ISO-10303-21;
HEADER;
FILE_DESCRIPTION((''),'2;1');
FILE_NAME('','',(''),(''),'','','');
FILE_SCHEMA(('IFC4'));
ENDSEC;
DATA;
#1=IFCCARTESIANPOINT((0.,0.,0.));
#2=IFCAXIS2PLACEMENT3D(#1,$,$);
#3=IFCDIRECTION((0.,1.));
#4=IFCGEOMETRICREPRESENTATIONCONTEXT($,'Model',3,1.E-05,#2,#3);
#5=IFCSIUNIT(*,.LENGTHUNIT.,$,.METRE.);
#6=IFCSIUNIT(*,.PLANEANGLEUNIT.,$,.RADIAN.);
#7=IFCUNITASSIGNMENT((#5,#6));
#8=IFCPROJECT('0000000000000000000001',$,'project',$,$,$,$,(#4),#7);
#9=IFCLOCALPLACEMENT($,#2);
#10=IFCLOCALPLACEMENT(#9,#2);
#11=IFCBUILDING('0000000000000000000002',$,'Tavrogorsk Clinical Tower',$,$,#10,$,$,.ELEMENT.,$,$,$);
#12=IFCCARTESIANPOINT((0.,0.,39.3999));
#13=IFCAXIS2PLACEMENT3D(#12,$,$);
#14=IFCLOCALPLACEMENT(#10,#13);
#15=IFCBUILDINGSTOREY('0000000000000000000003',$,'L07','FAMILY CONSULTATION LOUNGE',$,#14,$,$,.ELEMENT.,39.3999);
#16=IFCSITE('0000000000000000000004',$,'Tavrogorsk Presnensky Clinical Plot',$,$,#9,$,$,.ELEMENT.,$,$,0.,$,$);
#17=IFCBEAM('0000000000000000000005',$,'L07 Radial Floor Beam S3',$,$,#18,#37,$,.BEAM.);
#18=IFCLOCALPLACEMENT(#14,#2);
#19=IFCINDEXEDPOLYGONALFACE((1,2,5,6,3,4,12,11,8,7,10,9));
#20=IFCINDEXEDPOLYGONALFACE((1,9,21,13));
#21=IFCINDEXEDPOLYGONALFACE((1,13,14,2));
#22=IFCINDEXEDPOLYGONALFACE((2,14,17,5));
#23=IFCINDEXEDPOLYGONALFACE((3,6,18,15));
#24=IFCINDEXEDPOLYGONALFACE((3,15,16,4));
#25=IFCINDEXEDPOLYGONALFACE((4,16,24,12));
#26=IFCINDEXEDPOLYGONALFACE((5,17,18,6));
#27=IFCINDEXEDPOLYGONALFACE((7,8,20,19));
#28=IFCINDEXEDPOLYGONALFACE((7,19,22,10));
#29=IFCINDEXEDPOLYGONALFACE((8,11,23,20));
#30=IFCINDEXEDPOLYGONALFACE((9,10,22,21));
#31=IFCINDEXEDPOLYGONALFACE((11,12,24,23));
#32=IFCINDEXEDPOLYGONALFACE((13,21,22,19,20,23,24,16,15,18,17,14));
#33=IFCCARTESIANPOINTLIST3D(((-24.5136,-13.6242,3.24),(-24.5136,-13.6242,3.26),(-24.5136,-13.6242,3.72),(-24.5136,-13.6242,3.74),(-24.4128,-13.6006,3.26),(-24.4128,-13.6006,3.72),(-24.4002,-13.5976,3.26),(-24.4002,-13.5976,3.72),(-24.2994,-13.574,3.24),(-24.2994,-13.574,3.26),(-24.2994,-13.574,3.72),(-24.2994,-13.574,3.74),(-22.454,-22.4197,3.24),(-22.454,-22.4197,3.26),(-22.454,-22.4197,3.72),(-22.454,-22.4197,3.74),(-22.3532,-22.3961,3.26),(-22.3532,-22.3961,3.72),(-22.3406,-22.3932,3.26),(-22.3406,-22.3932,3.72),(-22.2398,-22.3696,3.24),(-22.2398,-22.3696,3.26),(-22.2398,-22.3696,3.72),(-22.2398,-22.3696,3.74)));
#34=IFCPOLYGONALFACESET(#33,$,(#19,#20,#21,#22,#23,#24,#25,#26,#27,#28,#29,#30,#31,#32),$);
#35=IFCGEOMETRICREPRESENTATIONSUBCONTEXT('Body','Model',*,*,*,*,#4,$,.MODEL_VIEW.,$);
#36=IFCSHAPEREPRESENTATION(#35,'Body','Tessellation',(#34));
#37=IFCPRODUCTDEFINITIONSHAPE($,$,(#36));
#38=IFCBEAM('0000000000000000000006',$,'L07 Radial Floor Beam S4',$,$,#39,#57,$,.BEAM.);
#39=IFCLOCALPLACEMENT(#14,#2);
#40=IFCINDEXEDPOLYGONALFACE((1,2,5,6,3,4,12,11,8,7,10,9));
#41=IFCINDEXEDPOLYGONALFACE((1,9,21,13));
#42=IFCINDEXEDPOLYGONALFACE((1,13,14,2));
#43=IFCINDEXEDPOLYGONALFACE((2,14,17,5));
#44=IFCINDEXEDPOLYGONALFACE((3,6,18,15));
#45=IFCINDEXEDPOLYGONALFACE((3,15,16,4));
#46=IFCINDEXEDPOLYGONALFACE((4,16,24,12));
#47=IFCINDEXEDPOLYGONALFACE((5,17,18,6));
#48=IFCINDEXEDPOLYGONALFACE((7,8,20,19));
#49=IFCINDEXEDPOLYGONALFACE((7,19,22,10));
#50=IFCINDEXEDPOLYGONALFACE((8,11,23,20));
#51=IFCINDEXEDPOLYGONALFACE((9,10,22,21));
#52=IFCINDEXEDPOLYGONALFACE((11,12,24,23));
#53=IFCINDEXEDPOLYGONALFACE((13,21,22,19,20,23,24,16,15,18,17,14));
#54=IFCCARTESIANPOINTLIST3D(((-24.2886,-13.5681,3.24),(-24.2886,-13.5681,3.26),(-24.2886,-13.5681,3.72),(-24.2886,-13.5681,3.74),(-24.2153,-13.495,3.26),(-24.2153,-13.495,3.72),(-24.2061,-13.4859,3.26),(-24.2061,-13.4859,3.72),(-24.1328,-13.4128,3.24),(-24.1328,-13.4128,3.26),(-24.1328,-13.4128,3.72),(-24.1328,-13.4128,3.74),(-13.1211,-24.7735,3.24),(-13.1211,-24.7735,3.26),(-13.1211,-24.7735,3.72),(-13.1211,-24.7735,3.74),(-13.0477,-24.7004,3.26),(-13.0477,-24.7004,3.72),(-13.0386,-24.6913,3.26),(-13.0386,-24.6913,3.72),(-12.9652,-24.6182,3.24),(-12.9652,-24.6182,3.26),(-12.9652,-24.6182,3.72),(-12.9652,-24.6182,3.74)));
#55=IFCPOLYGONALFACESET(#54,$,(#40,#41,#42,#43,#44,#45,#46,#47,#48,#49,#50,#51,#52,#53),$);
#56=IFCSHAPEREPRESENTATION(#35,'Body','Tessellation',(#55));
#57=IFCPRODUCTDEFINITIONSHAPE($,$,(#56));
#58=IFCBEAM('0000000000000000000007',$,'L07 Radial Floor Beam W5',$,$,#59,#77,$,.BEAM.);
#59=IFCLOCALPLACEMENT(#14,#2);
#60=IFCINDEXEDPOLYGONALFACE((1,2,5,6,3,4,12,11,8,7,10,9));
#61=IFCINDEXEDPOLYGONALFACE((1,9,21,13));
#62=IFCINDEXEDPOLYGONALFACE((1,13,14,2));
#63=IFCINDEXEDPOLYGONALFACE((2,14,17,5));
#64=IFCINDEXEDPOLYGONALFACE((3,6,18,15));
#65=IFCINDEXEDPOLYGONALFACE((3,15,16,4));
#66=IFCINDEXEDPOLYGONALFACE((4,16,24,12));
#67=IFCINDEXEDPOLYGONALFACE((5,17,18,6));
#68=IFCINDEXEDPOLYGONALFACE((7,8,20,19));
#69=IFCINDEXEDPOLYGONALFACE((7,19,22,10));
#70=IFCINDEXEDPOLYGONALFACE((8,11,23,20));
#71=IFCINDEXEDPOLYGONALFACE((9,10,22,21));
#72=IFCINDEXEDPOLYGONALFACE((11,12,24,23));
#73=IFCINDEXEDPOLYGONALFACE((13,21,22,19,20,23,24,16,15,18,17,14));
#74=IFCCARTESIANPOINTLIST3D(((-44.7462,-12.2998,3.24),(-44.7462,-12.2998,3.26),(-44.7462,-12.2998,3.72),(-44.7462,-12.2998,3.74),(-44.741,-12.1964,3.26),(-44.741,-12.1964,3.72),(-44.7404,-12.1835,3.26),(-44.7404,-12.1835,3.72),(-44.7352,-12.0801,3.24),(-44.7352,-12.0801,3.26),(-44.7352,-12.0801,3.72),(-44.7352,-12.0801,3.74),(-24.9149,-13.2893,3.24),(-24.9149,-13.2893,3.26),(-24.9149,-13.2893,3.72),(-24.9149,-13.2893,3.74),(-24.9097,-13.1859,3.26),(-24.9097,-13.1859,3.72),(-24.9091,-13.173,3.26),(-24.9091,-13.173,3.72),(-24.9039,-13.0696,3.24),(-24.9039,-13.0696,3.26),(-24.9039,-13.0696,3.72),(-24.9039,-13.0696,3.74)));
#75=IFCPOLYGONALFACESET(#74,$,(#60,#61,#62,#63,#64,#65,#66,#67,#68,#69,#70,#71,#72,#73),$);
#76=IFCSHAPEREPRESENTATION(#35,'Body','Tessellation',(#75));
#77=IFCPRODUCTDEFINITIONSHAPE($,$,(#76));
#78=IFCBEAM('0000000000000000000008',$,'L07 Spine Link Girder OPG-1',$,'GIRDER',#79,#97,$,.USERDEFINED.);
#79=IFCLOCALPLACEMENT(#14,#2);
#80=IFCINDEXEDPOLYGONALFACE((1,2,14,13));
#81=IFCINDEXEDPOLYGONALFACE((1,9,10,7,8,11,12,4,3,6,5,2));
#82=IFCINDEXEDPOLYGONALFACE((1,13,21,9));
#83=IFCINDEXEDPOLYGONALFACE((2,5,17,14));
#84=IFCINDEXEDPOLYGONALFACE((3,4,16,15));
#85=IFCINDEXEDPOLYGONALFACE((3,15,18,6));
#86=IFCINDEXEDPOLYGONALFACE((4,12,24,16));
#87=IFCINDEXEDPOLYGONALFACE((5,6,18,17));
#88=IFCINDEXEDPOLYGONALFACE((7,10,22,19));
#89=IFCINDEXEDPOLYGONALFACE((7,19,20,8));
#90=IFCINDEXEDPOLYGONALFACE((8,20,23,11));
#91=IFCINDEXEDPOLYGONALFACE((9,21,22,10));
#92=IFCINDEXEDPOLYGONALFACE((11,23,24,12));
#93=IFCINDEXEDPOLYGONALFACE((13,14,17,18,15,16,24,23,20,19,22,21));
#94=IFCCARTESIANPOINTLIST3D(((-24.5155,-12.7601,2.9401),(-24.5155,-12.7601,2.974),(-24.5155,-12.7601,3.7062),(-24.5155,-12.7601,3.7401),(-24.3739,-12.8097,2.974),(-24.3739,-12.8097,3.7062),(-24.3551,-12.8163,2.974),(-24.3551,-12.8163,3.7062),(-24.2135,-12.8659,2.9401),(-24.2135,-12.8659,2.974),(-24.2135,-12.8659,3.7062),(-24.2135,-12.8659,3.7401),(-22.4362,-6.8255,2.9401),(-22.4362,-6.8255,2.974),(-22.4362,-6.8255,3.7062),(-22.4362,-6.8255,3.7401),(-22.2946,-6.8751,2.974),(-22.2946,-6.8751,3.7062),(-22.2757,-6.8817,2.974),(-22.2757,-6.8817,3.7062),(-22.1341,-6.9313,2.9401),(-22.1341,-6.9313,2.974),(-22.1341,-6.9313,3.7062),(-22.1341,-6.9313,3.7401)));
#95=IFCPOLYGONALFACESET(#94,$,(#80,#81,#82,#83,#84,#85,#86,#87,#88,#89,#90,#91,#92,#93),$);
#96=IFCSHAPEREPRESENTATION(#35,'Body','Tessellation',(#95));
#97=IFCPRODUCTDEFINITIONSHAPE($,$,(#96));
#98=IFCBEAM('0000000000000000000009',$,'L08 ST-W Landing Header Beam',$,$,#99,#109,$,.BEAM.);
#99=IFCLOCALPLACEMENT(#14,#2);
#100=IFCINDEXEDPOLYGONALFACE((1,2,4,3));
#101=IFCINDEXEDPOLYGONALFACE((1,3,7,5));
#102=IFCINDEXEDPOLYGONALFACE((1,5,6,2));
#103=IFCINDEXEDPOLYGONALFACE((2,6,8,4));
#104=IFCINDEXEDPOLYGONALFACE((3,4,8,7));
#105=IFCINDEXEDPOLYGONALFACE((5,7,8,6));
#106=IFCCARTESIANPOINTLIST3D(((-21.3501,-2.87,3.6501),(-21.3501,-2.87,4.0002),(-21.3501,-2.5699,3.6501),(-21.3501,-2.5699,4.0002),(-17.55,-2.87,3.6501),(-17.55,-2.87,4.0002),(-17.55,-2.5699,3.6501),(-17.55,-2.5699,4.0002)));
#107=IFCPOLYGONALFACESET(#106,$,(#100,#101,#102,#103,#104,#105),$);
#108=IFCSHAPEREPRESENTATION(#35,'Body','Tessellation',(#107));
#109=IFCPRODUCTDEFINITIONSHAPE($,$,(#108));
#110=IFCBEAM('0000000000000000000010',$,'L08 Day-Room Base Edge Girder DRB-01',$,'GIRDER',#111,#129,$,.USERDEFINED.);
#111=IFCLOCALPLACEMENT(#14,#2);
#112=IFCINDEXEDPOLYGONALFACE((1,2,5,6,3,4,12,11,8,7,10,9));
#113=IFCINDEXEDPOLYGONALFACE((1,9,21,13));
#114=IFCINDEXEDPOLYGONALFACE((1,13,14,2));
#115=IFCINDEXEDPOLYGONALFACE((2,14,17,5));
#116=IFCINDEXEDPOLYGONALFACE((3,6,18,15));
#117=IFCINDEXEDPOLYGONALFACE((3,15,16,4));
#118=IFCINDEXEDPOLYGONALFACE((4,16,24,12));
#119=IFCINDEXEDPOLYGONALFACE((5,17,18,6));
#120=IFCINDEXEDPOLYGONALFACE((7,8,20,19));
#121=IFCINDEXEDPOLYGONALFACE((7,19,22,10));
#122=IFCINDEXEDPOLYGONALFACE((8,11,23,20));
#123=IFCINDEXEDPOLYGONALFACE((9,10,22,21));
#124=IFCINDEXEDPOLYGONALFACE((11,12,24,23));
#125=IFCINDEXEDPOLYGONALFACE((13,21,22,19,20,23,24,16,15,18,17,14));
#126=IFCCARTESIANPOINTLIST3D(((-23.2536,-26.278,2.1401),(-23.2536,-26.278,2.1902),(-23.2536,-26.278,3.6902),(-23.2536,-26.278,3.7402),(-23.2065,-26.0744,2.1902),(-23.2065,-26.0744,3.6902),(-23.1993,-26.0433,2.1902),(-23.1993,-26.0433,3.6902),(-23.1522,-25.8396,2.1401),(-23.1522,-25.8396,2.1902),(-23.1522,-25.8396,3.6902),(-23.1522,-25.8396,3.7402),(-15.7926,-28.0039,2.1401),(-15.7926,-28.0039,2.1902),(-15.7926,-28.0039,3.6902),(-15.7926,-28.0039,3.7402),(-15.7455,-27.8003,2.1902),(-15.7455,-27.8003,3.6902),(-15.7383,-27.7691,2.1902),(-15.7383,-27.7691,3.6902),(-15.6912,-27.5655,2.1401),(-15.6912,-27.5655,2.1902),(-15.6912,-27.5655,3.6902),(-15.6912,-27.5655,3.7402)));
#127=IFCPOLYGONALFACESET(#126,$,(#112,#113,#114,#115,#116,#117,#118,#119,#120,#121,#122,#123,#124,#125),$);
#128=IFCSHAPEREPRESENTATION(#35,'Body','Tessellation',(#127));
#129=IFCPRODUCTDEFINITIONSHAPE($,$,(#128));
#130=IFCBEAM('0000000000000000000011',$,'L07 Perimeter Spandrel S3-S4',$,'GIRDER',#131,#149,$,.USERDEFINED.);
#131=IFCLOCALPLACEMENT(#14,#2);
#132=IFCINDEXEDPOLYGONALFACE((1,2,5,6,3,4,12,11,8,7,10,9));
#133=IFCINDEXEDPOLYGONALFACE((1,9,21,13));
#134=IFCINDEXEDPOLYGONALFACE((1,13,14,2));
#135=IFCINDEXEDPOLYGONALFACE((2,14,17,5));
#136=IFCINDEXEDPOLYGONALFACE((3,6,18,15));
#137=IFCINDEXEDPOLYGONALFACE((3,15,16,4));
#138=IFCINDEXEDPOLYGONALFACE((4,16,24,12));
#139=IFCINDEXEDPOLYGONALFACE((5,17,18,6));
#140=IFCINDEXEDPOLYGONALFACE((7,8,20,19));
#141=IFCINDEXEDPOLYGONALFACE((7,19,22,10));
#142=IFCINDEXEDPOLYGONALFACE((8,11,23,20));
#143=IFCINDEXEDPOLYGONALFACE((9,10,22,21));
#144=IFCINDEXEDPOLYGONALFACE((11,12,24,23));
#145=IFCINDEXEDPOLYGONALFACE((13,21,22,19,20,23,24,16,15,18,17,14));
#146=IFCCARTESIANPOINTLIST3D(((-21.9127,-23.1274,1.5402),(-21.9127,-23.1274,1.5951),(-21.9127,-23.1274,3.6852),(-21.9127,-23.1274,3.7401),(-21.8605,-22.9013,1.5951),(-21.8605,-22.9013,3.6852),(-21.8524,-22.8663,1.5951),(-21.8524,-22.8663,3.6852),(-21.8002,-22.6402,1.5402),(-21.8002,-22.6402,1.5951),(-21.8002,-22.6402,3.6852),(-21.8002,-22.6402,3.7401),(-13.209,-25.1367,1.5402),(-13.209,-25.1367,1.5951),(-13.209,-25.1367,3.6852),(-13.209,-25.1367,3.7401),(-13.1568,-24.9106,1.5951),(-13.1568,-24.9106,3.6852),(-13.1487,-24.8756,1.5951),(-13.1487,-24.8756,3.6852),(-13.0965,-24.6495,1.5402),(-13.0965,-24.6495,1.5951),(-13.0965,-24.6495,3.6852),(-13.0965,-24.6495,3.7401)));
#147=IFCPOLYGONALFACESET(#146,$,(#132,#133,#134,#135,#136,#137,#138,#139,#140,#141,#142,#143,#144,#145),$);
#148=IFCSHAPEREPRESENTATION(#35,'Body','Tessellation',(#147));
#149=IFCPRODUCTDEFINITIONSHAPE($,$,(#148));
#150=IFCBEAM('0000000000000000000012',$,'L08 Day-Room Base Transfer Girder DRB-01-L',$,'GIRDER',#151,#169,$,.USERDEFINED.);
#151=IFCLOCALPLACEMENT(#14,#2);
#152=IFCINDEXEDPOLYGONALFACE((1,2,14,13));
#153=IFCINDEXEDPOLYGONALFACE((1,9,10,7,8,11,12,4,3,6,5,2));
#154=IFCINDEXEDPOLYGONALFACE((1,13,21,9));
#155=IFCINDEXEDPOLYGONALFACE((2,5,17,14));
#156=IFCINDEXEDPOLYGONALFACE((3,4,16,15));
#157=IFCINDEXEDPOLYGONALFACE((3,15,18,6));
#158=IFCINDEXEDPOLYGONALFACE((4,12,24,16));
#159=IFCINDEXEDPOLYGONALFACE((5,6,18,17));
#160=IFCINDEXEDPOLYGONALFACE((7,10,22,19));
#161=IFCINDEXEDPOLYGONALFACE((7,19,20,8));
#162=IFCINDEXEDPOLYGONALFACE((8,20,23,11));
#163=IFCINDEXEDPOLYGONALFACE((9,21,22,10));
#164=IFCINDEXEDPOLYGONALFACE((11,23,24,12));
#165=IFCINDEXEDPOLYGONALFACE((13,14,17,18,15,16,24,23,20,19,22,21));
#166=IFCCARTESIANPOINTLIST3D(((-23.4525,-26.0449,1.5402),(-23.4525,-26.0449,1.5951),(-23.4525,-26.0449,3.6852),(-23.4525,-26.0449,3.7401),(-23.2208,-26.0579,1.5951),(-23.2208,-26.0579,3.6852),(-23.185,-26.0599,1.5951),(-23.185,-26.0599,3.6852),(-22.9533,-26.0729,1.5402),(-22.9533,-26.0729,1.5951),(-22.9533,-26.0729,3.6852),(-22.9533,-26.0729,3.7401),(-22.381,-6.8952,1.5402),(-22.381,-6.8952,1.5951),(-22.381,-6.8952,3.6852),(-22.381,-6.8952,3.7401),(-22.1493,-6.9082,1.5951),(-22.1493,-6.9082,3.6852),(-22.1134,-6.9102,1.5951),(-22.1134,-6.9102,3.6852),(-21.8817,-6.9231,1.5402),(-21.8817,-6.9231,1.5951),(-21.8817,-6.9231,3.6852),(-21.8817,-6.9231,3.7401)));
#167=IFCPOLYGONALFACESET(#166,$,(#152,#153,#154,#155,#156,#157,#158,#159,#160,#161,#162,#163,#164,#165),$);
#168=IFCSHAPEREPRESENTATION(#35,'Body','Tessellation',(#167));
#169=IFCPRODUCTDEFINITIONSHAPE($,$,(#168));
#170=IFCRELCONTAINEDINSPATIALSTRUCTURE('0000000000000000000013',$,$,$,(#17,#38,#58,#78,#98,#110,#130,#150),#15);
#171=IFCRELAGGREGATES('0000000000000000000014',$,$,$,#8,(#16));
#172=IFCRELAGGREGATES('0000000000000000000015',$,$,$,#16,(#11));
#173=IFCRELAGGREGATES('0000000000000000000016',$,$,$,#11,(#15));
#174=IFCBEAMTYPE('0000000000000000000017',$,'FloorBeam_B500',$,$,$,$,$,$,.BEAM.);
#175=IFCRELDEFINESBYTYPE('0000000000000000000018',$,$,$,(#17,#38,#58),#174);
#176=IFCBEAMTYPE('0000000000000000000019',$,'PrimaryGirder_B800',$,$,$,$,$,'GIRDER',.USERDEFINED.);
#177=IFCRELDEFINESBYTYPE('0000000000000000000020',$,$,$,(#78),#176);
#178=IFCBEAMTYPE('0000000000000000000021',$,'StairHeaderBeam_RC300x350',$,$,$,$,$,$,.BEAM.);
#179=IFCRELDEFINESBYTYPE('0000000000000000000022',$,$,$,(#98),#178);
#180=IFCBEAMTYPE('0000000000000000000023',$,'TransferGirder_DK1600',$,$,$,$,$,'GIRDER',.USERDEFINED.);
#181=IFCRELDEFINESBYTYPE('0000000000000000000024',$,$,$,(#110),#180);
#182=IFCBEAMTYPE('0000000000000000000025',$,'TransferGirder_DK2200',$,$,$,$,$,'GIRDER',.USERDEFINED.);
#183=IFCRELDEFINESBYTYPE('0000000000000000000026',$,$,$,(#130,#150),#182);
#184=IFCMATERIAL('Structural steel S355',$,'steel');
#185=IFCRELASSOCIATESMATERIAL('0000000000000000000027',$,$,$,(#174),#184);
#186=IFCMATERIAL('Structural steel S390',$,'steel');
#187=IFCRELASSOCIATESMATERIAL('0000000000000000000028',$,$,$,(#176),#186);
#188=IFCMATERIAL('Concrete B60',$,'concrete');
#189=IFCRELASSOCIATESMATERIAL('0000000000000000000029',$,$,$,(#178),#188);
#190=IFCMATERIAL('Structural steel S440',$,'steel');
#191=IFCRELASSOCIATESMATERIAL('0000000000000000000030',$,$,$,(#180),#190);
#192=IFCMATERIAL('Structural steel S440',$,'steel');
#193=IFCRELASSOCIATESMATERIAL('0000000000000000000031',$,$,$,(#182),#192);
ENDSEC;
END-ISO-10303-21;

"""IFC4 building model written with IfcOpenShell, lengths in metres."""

from ifc_helpers import new_model, si_unit, direction, frame, origin, origin_2d, place, context, subcontext, project, spatial, rectangle, i_section, extrude, material, material_profile, profile_set, type_object, element, save


model = new_model("IFC4")

# Units and contexts
model_context = context("Model", 3, precision=1e-05, world=origin(), true_north=direction((0.0, 1.0)))
body_context = subcontext(model_context, "Body", "Model", "MODEL_VIEW")
ifc_project = project(units=[si_unit("LENGTHUNIT", "METRE"), si_unit("PLANEANGLEUNIT", "RADIAN")], contexts=[model_context])

# Site, building, storey
site_placement = place(None, origin())
site = spatial("IfcSite", under=ifc_project, at=site_placement, Name="Tavrogorsk Presnensky Clinical Plot", CompositionType="ELEMENT", RefElevation=0.0)
building_placement = place(site_placement, origin())
building = spatial("IfcBuilding", under=site, at=building_placement, Name="Tavrogorsk Clinical Tower", CompositionType="ELEMENT")
storey_placement = place(building_placement, frame((0.0, 0.0, 39.3999)))
storey = spatial("IfcBuildingStorey", under=building, at=storey_placement, Name="L07", Description="FAMILY CONSULTATION LOUNGE", CompositionType="ELEMENT", Elevation=39.3999)

# Beams
ifc_material_1 = material(Name="Structural steel S355", Category="steel")
ifc_material_profile_1 = material_profile(ifc_material_1, i_section(OverallWidth=0.22, OverallDepth=0.5, WebThickness=0.0129, FlangeThickness=0.02, at=origin_2d()), Name="B-500x220x13x20")
ifc_profile_set_1 = profile_set([ifc_material_profile_1], Name="Structural steel S355")
beam_type_1 = type_object("IfcBeamType", Name="FloorBeam_B500", PredefinedType="BEAM", material=ifc_profile_set_1)
beam_1_placement = place(storey_placement, frame((-24.4065, -13.5991, 3.49), z_axis=(0.227997, -0.973662, 0.0), x_axis=(0.973662, 0.227997, 0.0)))
element("IfcBeam", 1, at=beam_1_placement, inside=storey, type_object=beam_type_1, Name="L07 Radial Floor Beam S3", PredefinedType="BEAM", context=body_context, shape_type="SweptSolid", body=[
    extrude(i_section(OverallWidth=0.22, OverallDepth=0.5, WebThickness=0.0129, FlangeThickness=0.02, at=origin_2d()), origin(), (0.0, 0.0, 1.0), 9.0334),
])
beam_2_placement = place(storey_placement, frame((-24.2107, -13.4905, 3.49), z_axis=(0.70591, -0.708302, 0.0), x_axis=(0.708302, 0.70591, 0.0)))
element("IfcBeam", 2, at=beam_2_placement, inside=storey, type_object=beam_type_1, Name="L07 Radial Floor Beam S4", PredefinedType="BEAM", context=body_context, shape_type="SweptSolid", body=[
    extrude(i_section(OverallWidth=0.22, OverallDepth=0.5, WebThickness=0.0129, FlangeThickness=0.02, at=origin_2d()), origin(), (0.0, 0.0, 1.0), 15.8201),
])
beam_3_placement = place(storey_placement, frame((-24.9094, -13.1794, 3.49), z_axis=(-0.998758, 0.049834, 0.0), x_axis=(-0.049834, -0.998758, 0.0)))
element("IfcBeam", 3, at=beam_3_placement, inside=storey, type_object=beam_type_1, Name="L07 Radial Floor Beam W5", PredefinedType="BEAM", context=body_context, shape_type="SweptSolid", body=[
    extrude(i_section(OverallWidth=0.22, OverallDepth=0.5, WebThickness=0.0129, FlangeThickness=0.02, at=origin_2d()), origin(), (0.0, 0.0, 1.0), 19.856),
])
ifc_material_2 = material(Name="Structural steel S390", Category="steel")
ifc_material_profile_2 = material_profile(ifc_material_2, i_section(OverallWidth=0.3201, OverallDepth=0.8, WebThickness=0.02, FlangeThickness=0.0339, at=origin_2d()), Name="B-800x320x20x34")
ifc_profile_set_2 = profile_set([ifc_material_profile_2], Name="Structural steel S390")
beam_type_2 = type_object("IfcBeamType", Name="PrimaryGirder_B800", ElementType="GIRDER", PredefinedType="USERDEFINED", material=ifc_profile_set_2)
beam_4_placement = place(storey_placement, frame((-24.3645, -12.813, 3.3401), z_axis=(0.330669, 0.943747, 0.0), x_axis=(-0.943747, 0.330669, 0.0)))
element("IfcBeam", 4, at=beam_4_placement, inside=storey, type_object=beam_type_2, Name="L07 Spine Link Girder OPG-1", ObjectType="GIRDER", PredefinedType="USERDEFINED", context=body_context, shape_type="SweptSolid", body=[
    extrude(i_section(OverallWidth=0.3201, OverallDepth=0.8, WebThickness=0.02, FlangeThickness=0.0339, at=origin_2d()), origin(), (0.0, 0.0, 1.0), 6.2883),
])
ifc_material_3 = material(Name="Concrete B60", Category="concrete")
ifc_material_profile_3 = material_profile(ifc_material_3, rectangle(XDim=0.3, YDim=0.3501, at=origin_2d()), Name="RC-SHB-300x350")
ifc_profile_set_3 = profile_set([ifc_material_profile_3], Name="Concrete B60")
beam_type_3 = type_object("IfcBeamType", Name="StairHeaderBeam_RC300x350", PredefinedType="BEAM", material=ifc_profile_set_3)
beam_5_placement = place(storey_placement, frame((-21.3501, -2.72, 3.8252), z_axis=(1.0, 0.0, 0.0), x_axis=(0.0, 1.0, 0.0)))
element("IfcBeam", 5, at=beam_5_placement, inside=storey, type_object=beam_type_3, Name="L08 ST-W Landing Header Beam", PredefinedType="BEAM", context=body_context, shape_type="SweptSolid", body=[
    extrude(rectangle(XDim=0.3, YDim=0.3501, at=origin_2d()), origin(), (0.0, 0.0, 1.0), 3.8),
])
ifc_material_4 = material(Name="Structural steel S440", Category="steel")
ifc_material_profile_4 = material_profile(ifc_material_4, i_section(OverallWidth=0.45, OverallDepth=1.6001, WebThickness=0.032, FlangeThickness=0.05, at=origin_2d()), Name="DK-1600x450x32x50")
ifc_profile_set_4 = profile_set([ifc_material_profile_4], Name="Structural steel S440")
beam_type_4 = type_object("IfcBeamType", Name="TransferGirder_DK1600", ElementType="GIRDER", PredefinedType="USERDEFINED", material=ifc_profile_set_4)
beam_6_placement = place(storey_placement, frame((-23.2029, -26.0588, 2.9402), z_axis=(0.974274, -0.225365, 0.0), x_axis=(0.225365, 0.974274, 0.0)))
element("IfcBeam", 6, at=beam_6_placement, inside=storey, type_object=beam_type_4, Name="L08 Day-Room Base Edge Girder DRB-01", ObjectType="GIRDER", PredefinedType="USERDEFINED", context=body_context, shape_type="SweptSolid", body=[
    extrude(i_section(OverallWidth=0.45, OverallDepth=1.6001, WebThickness=0.032, FlangeThickness=0.05, at=origin_2d()), origin(), (0.0, 0.0, 1.0), 7.658),
])
ifc_material_5 = material(Name="Structural steel S440", Category="steel")
ifc_material_profile_5 = material_profile(ifc_material_5, i_section(OverallWidth=0.5, OverallDepth=2.2, WebThickness=0.0359, FlangeThickness=0.0549, at=origin_2d()), Name="DK-2200x500x36x55")
ifc_profile_set_5 = profile_set([ifc_material_profile_5], Name="Structural steel S440")
beam_type_5 = type_object("IfcBeamType", Name="TransferGirder_DK2200", ElementType="GIRDER", PredefinedType="USERDEFINED", material=ifc_profile_set_5)
beam_7_placement = place(storey_placement, frame((-21.8564, -22.8838, 2.6401), z_axis=(0.974373, -0.224939, 0.0), x_axis=(0.224939, 0.974373, 0.0)))
element("IfcBeam", 7, at=beam_7_placement, inside=storey, type_object=beam_type_5, Name="L07 Perimeter Spandrel S3-S4", ObjectType="GIRDER", PredefinedType="USERDEFINED", context=body_context, shape_type="SweptSolid", body=[
    extrude(i_section(OverallWidth=0.5, OverallDepth=2.2, WebThickness=0.0359, FlangeThickness=0.0549, at=origin_2d()), origin(), (0.0, 0.0, 1.0), 8.9326),
])
beam_8_placement = place(storey_placement, frame((-22.1313, -6.9092, 2.6401), z_axis=(-0.055868, -0.998438, 0.0), x_axis=(0.998438, -0.055868, 0.0)))
element("IfcBeam", 8, at=beam_8_placement, inside=storey, type_object=beam_type_5, Name="L08 Day-Room Base Transfer Girder DRB-01-L", ObjectType="GIRDER", PredefinedType="USERDEFINED", context=body_context, shape_type="SweptSolid", body=[
    extrude(i_section(OverallWidth=0.5, OverallDepth=2.2, WebThickness=0.0359, FlangeThickness=0.0549, at=origin_2d()), origin(), (0.0, 0.0, 1.0), 19.1797),
])

save(model, "model.ifc")
